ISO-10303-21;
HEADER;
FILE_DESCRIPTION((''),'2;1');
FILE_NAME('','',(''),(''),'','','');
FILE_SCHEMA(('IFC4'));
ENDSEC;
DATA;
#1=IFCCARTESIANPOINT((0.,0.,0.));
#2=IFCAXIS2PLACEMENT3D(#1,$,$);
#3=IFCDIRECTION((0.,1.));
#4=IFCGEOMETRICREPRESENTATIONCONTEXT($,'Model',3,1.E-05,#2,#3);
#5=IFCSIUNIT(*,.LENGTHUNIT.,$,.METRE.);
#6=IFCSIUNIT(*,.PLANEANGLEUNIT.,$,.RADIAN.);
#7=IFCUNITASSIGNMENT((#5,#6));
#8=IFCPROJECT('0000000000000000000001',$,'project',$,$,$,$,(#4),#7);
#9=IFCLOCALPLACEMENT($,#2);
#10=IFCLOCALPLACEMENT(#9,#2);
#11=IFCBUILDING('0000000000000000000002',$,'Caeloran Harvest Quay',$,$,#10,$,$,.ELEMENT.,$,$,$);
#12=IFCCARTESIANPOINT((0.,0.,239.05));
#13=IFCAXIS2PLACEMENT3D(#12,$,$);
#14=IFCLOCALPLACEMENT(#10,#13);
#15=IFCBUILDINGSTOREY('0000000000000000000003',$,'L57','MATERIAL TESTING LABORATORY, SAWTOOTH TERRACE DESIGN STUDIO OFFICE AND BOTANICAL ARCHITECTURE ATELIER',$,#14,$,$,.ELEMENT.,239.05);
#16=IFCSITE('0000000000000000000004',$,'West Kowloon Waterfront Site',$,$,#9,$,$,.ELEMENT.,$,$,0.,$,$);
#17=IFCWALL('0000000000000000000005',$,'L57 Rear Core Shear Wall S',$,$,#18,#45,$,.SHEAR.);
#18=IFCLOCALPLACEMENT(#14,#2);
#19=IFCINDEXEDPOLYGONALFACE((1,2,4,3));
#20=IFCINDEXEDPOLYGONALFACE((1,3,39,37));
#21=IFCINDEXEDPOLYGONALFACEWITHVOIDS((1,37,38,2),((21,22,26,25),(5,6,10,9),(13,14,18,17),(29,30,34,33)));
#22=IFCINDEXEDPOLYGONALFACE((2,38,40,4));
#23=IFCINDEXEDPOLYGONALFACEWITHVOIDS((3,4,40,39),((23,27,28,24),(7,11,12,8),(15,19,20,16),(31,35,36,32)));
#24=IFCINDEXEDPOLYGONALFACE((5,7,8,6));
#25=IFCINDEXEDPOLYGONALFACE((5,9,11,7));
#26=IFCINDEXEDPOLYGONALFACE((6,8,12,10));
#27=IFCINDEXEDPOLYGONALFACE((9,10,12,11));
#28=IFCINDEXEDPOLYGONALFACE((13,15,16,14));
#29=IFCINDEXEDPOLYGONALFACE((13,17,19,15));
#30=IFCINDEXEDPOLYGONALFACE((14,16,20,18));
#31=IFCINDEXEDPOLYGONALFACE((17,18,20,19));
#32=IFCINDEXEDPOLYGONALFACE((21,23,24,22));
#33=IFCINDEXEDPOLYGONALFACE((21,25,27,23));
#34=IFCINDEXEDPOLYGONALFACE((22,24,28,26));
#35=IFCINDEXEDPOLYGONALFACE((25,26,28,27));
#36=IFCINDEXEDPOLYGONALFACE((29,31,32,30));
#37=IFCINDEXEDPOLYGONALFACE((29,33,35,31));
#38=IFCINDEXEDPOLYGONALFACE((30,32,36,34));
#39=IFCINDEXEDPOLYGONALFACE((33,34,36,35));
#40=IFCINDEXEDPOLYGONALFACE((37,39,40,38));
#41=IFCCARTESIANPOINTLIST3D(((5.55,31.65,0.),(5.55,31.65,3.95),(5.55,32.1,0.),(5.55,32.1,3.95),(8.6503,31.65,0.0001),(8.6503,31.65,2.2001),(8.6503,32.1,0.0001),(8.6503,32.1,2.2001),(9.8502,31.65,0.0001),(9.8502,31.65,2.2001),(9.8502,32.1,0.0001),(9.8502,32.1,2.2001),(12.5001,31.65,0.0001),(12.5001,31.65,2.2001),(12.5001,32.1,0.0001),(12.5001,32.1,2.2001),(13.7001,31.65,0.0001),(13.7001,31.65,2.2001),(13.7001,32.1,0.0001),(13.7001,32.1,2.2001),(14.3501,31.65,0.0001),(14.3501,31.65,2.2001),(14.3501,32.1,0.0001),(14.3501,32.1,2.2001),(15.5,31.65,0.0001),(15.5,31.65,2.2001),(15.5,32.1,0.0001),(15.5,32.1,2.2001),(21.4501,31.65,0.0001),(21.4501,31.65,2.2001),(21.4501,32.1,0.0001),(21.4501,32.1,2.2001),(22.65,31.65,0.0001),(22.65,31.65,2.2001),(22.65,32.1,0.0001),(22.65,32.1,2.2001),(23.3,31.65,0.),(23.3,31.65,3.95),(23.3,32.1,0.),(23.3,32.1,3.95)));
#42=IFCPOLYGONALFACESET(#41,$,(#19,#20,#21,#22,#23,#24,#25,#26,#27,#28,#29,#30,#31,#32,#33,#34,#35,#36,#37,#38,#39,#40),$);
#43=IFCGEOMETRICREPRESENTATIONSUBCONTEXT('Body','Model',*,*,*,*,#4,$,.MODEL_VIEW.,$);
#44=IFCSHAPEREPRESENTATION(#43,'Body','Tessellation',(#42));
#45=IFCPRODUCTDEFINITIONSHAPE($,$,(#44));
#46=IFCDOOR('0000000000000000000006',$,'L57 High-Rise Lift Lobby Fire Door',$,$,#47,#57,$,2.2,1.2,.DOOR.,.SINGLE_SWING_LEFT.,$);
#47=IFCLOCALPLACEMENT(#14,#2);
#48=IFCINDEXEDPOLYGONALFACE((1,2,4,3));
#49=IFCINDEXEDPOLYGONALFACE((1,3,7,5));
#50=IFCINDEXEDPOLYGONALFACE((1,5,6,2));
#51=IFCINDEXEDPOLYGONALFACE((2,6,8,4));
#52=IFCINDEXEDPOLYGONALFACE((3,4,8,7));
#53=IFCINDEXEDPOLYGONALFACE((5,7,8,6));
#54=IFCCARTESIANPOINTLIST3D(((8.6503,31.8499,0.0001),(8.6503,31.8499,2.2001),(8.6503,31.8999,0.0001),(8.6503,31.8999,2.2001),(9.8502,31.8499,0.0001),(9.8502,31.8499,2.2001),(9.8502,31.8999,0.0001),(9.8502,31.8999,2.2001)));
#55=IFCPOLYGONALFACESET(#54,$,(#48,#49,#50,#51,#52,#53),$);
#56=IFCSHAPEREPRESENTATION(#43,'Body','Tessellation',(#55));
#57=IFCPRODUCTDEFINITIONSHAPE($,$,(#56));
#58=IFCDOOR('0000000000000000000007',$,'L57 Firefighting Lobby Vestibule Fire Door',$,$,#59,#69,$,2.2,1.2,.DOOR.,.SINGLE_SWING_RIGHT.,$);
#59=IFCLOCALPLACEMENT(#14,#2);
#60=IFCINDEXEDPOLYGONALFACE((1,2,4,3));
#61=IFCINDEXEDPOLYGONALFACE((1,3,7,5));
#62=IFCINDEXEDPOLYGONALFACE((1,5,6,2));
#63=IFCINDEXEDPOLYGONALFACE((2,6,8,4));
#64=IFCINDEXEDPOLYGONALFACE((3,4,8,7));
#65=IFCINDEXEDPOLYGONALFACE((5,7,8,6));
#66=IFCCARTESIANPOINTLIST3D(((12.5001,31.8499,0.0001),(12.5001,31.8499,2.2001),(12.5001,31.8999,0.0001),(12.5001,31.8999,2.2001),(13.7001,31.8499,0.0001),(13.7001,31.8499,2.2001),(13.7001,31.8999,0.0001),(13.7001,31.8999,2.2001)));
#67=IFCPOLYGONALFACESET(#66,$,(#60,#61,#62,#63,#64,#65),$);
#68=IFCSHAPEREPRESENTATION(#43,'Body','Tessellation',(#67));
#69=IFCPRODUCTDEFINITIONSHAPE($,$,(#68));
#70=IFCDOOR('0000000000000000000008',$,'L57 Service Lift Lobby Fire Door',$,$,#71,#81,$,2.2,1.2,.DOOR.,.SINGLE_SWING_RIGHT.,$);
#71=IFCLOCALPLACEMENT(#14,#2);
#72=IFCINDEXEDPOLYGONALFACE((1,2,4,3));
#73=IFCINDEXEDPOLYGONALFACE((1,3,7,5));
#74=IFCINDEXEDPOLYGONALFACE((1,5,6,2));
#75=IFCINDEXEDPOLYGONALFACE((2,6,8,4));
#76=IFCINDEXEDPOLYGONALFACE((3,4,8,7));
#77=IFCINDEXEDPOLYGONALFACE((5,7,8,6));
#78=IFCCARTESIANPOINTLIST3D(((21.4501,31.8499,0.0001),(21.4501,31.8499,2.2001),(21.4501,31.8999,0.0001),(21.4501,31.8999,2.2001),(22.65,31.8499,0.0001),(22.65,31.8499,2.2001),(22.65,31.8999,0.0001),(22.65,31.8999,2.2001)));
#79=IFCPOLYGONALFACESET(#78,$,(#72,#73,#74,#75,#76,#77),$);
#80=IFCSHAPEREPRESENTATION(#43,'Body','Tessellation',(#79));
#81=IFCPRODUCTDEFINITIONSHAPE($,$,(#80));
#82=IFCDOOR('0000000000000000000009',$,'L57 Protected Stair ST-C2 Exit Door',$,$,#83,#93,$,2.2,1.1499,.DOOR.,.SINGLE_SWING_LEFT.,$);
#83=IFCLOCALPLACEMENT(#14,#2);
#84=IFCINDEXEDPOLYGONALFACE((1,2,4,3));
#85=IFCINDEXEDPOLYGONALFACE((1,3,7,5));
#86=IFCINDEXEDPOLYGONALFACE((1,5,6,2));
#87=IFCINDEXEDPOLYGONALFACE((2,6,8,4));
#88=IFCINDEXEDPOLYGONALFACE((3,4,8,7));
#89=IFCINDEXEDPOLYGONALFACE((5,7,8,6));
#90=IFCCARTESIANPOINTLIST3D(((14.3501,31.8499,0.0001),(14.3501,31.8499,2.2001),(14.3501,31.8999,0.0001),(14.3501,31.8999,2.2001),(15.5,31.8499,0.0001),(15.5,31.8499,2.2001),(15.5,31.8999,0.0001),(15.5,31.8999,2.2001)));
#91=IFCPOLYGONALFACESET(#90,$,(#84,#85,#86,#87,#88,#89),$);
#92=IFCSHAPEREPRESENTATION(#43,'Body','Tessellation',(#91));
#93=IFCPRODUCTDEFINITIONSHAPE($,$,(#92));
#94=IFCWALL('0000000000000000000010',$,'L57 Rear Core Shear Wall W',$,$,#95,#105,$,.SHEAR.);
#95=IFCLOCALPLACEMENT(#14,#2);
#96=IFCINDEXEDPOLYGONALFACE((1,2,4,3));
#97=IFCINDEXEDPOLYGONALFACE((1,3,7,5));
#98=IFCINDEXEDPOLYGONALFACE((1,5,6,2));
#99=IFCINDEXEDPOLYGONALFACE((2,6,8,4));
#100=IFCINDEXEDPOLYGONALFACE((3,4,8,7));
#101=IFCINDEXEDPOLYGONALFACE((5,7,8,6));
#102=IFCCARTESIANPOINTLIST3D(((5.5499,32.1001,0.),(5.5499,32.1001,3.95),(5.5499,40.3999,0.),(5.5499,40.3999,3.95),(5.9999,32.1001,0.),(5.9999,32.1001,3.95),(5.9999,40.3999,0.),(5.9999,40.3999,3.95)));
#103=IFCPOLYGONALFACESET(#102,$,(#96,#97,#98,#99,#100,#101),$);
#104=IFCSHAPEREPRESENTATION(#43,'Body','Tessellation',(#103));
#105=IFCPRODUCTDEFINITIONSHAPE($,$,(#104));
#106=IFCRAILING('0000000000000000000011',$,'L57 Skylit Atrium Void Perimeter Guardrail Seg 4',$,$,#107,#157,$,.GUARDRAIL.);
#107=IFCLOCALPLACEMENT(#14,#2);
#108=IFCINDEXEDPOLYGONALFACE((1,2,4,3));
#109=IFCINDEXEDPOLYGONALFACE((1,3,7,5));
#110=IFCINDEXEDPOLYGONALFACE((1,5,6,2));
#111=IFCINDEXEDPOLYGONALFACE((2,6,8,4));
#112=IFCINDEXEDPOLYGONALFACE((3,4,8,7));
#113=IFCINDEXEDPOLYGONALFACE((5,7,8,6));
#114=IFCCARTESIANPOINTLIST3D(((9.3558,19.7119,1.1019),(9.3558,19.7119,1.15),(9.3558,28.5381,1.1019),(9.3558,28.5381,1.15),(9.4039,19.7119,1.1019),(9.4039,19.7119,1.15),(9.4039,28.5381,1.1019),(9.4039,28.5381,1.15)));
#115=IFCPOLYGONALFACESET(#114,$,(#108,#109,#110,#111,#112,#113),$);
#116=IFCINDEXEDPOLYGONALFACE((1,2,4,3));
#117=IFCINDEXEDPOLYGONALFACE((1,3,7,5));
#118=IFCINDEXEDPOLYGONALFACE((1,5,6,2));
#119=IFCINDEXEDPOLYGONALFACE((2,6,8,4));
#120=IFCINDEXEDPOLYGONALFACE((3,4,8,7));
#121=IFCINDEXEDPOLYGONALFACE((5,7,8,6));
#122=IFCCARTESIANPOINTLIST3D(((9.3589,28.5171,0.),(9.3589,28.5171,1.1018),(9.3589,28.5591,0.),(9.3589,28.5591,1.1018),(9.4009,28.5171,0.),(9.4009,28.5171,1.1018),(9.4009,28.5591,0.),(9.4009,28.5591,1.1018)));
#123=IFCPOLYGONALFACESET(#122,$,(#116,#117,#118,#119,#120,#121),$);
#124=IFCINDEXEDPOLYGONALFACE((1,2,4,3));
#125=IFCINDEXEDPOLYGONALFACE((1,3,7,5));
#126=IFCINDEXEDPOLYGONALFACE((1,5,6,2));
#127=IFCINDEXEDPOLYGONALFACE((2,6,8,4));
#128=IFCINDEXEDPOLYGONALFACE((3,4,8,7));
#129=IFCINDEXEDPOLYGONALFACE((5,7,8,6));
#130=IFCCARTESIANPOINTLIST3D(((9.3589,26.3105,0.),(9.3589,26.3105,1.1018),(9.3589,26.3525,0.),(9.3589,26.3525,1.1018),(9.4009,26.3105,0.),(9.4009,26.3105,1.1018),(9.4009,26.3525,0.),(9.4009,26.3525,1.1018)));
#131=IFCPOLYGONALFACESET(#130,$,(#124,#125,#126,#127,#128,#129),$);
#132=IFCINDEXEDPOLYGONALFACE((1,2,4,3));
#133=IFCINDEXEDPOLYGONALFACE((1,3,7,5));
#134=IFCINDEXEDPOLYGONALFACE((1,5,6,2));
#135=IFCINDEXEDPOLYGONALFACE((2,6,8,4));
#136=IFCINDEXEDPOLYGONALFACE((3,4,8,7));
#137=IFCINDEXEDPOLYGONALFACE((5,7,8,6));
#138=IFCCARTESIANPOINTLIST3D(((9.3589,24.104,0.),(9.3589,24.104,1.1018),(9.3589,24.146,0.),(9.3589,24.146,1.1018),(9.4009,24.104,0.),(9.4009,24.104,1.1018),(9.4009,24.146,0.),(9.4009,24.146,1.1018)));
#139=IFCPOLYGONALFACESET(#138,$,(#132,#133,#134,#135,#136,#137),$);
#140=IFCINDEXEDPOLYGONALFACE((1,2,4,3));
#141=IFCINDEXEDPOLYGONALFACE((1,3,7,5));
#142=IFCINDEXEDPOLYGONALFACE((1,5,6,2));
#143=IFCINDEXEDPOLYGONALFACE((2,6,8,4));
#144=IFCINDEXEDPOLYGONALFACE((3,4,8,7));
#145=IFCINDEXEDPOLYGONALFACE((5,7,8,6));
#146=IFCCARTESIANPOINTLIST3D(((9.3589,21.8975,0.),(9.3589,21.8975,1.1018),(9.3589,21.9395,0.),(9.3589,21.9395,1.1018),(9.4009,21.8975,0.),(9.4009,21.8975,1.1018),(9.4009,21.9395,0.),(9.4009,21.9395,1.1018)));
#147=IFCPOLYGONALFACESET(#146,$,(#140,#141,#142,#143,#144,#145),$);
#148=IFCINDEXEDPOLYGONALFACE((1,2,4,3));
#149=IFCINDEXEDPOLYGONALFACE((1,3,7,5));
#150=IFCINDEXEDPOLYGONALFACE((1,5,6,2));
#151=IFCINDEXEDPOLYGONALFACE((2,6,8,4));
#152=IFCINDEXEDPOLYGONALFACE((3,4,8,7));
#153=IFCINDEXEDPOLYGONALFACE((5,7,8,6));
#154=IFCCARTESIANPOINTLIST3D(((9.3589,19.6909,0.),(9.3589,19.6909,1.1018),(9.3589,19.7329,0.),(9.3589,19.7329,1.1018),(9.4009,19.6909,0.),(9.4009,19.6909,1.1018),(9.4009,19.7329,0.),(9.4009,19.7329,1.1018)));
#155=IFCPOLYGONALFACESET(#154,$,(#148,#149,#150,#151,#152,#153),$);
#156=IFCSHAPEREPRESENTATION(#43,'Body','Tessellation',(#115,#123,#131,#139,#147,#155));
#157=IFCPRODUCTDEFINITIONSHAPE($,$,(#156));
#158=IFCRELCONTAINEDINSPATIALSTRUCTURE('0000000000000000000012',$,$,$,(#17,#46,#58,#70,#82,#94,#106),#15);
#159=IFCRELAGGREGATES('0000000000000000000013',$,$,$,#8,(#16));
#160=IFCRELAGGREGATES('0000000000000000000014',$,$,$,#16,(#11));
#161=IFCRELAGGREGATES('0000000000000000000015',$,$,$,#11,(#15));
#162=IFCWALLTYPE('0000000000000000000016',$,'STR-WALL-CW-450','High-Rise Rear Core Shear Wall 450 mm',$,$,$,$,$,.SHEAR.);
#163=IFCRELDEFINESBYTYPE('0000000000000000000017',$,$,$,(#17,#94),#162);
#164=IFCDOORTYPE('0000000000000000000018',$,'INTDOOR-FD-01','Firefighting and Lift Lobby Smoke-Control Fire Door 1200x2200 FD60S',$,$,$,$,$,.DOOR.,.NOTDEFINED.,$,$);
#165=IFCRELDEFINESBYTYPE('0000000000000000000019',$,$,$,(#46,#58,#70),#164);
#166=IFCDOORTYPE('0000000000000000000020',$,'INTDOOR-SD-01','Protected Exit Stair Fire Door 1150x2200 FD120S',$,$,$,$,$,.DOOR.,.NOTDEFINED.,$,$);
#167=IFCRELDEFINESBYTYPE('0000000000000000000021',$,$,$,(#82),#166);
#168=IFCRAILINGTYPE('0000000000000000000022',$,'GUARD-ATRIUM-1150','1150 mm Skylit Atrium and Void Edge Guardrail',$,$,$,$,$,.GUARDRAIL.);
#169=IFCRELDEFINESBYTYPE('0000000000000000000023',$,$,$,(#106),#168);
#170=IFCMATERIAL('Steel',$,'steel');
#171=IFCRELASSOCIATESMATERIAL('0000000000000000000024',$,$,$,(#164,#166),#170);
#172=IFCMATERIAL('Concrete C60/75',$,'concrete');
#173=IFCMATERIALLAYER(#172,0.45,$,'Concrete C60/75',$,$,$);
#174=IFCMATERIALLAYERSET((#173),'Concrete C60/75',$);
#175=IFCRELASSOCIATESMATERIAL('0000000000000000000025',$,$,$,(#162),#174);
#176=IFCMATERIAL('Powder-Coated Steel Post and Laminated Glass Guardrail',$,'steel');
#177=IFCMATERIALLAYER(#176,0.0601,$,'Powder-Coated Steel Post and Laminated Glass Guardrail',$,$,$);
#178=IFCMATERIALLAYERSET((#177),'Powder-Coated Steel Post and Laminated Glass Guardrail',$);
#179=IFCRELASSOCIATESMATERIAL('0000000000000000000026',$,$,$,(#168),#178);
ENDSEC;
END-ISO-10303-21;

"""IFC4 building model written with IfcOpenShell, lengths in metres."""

from ifc_helpers import new_model, si_unit, direction, frame, frame_2d, origin, origin_2d, place, context, subcontext, project, spatial, rectangle, extrude, material, layer, layer_set, type_object, element, fill, save


model = new_model("IFC4")

# Units and contexts
model_context = context("Model", 3, precision=1e-05, world=origin(), true_north=direction((0.0, 1.0)))
body_context = subcontext(model_context, "Body", "Model", "MODEL_VIEW")
ifc_project = project(units=[si_unit("LENGTHUNIT", "METRE"), si_unit("PLANEANGLEUNIT", "RADIAN")], contexts=[model_context])

# Site, building, storey
site_placement = place(None, origin())
site = spatial("IfcSite", under=ifc_project, at=site_placement, Name="West Kowloon Waterfront Site", CompositionType="ELEMENT", RefElevation=0.0)
building_placement = place(site_placement, origin())
building = spatial("IfcBuilding", under=site, at=building_placement, Name="Caeloran Harvest Quay", CompositionType="ELEMENT")
storey_placement = place(building_placement, frame((0.0, 0.0, 239.05)))
storey = spatial("IfcBuildingStorey", under=building, at=storey_placement, Name="L57", Description="MATERIAL TESTING LABORATORY, SAWTOOTH TERRACE DESIGN STUDIO OFFICE AND BOTANICAL ARCHITECTURE ATELIER", CompositionType="ELEMENT", Elevation=239.05)

# Shared definitions
ifc_material_1 = material(Name="Concrete C60/75", Category="concrete")

# Shared definitions
ifc_material_2 = material(Name="Steel", Category="steel")
door_type_1 = type_object("IfcDoorType", Name="INTDOOR-FD-01", Description="Firefighting and Lift Lobby Smoke-Control Fire Door 1200x2200 FD60S", OperationType="NOTDEFINED", PredefinedType="DOOR", material=ifc_material_2)

# Wall, openings, doors
ifc_layer_1 = layer(ifc_material_1, 0.45, Name="Concrete C60/75")
ifc_layer_set_1 = layer_set([ifc_layer_1], Name="Concrete C60/75")
wall_type_1 = type_object("IfcWallType", Name="STR-WALL-CW-450", Description="High-Rise Rear Core Shear Wall 450 mm", PredefinedType="SHEAR", material=ifc_layer_set_1)
wall_1_placement = place(storey_placement, frame((5.55, 31.875, 0.0), z_axis=(0.0, 0.0, 1.0), x_axis=(1.0, 0.0, 0.0)))
wall_1 = element("IfcWall", 1, at=wall_1_placement, inside=storey, type_object=wall_type_1, Name="L57 Rear Core Shear Wall S", PredefinedType="SHEAR", context=body_context, shape_type="SweptSolid", body=[
    extrude(rectangle(XDim=17.75, YDim=0.45, at=frame_2d((8.875, 0.0))), origin(), (0.0, 0.0, 1.0), 3.95),
])
opening_1_placement = place(wall_1_placement, frame((3.1001, 0.0, 0.0)))
opening_1 = element("IfcOpeningElement", 2, at=opening_1_placement, cuts=wall_1, PredefinedType="OPENING", context=body_context, shape_type="SweptSolid", body=[
    extrude(rectangle(XDim=1.2, YDim=2.2, at=frame_2d((0.6001, 1.1001))), frame((0.0, 0.2349, 0.0), z_axis=(0.0, -1.0, 0.0), x_axis=(1.0, 0.0, 0.0)), (0.0, 0.0, 1.0), 0.47),
])
opening_2_placement = place(wall_1_placement, frame((6.95, 0.0, 0.0)))
opening_2 = element("IfcOpeningElement", 3, at=opening_2_placement, cuts=wall_1, PredefinedType="OPENING", context=body_context, shape_type="SweptSolid", body=[
    extrude(rectangle(XDim=1.2, YDim=2.2, at=frame_2d((0.6001, 1.1001))), frame((0.0, 0.2349, 0.0), z_axis=(0.0, -1.0, 0.0), x_axis=(1.0, 0.0, 0.0)), (0.0, 0.0, 1.0), 0.47),
])
opening_3_placement = place(wall_1_placement, frame((8.8, 0.0, 0.0)))
opening_3 = element("IfcOpeningElement", 4, at=opening_3_placement, cuts=wall_1, PredefinedType="OPENING", context=body_context, shape_type="SweptSolid", body=[
    extrude(rectangle(XDim=1.1499, YDim=2.2, at=frame_2d((0.575, 1.1001))), frame((0.0, 0.2349, 0.0), z_axis=(0.0, -1.0, 0.0), x_axis=(1.0, 0.0, 0.0)), (0.0, 0.0, 1.0), 0.47),
])
opening_4_placement = place(wall_1_placement, frame((15.8999, 0.0, 0.0)))
opening_4 = element("IfcOpeningElement", 5, at=opening_4_placement, cuts=wall_1, PredefinedType="OPENING", context=body_context, shape_type="SweptSolid", body=[
    extrude(rectangle(XDim=1.2, YDim=2.2, at=frame_2d((0.6001, 1.1001))), frame((0.0, 0.2349, 0.0), z_axis=(0.0, -1.0, 0.0), x_axis=(1.0, 0.0, 0.0)), (0.0, 0.0, 1.0), 0.47),
])
door_1_placement = place(opening_1_placement, origin())
door_1 = element("IfcDoor", 6, at=door_1_placement, inside=storey, type_object=door_type_1, Name="L57 High-Rise Lift Lobby Fire Door", OperationType="SINGLE_SWING_LEFT", OverallHeight=2.2, OverallWidth=1.2, PredefinedType="DOOR", context=body_context, shape_type="SweptSolid", body=[
    extrude(rectangle(XDim=1.2, YDim=2.2, at=frame_2d((0.6001, 1.1001))), frame((0.0, 0.0249, 0.0), z_axis=(0.0, -1.0, 0.0), x_axis=(1.0, 0.0, 0.0)), (0.0, 0.0, 1.0), 0.05),
])
fill(opening_1, door_1)
door_2_placement = place(opening_2_placement, origin())
door_2 = element("IfcDoor", 7, at=door_2_placement, inside=storey, type_object=door_type_1, Name="L57 Firefighting Lobby Vestibule Fire Door", OperationType="SINGLE_SWING_RIGHT", OverallHeight=2.2, OverallWidth=1.2, PredefinedType="DOOR", context=body_context, shape_type="SweptSolid", body=[
    extrude(rectangle(XDim=1.2, YDim=2.2, at=frame_2d((0.6001, 1.1001))), frame((0.0, 0.0249, 0.0), z_axis=(0.0, -1.0, 0.0), x_axis=(1.0, 0.0, 0.0)), (0.0, 0.0, 1.0), 0.05),
])
fill(opening_2, door_2)
door_3_placement = place(opening_4_placement, origin())
door_3 = element("IfcDoor", 8, at=door_3_placement, inside=storey, type_object=door_type_1, Name="L57 Service Lift Lobby Fire Door", OperationType="SINGLE_SWING_RIGHT", OverallHeight=2.2, OverallWidth=1.2, PredefinedType="DOOR", context=body_context, shape_type="SweptSolid", body=[
    extrude(rectangle(XDim=1.2, YDim=2.2, at=frame_2d((0.6001, 1.1001))), frame((0.0, 0.0249, 0.0), z_axis=(0.0, -1.0, 0.0), x_axis=(1.0, 0.0, 0.0)), (0.0, 0.0, 1.0), 0.05),
])
fill(opening_4, door_3)
door_type_2 = type_object("IfcDoorType", Name="INTDOOR-SD-01", Description="Protected Exit Stair Fire Door 1150x2200 FD120S", OperationType="NOTDEFINED", PredefinedType="DOOR", material=ifc_material_2)
door_4_placement = place(opening_3_placement, origin())
door_4 = element("IfcDoor", 9, at=door_4_placement, inside=storey, type_object=door_type_2, Name="L57 Protected Stair ST-C2 Exit Door", OperationType="SINGLE_SWING_LEFT", OverallHeight=2.2, OverallWidth=1.1499, PredefinedType="DOOR", context=body_context, shape_type="SweptSolid", body=[
    extrude(rectangle(XDim=1.1499, YDim=2.2, at=frame_2d((0.575, 1.1001))), frame((0.0, 0.0249, 0.0), z_axis=(0.0, -1.0, 0.0), x_axis=(1.0, 0.0, 0.0)), (0.0, 0.0, 1.0), 0.05),
])
fill(opening_3, door_4)

# Wall
wall_2_placement = place(storey_placement, frame((5.7749, 32.1001, 0.0), z_axis=(0.0, 0.0, 1.0), x_axis=(0.0, 1.0, 0.0)))
element("IfcWall", 10, at=wall_2_placement, inside=storey, type_object=wall_type_1, Name="L57 Rear Core Shear Wall W", PredefinedType="SHEAR", context=body_context, shape_type="SweptSolid", body=[
    extrude(rectangle(XDim=8.2998, YDim=0.45, at=frame_2d((4.1499, 0.0))), origin(), (0.0, 0.0, 1.0), 3.95),
])

# Railing
ifc_material_3 = material(Name="Powder-Coated Steel Post and Laminated Glass Guardrail", Category="steel")
ifc_layer_2 = layer(ifc_material_3, 0.0601, Name="Powder-Coated Steel Post and Laminated Glass Guardrail")
ifc_layer_set_2 = layer_set([ifc_layer_2], Name="Powder-Coated Steel Post and Laminated Glass Guardrail")
railing_type = type_object("IfcRailingType", Name="GUARD-ATRIUM-1150", Description="1150 mm Skylit Atrium and Void Edge Guardrail", PredefinedType="GUARDRAIL", material=ifc_layer_set_2)
railing_placement = place(storey_placement, frame((9.3799, 28.5381, 0.0)))
element("IfcRailing", 11, at=railing_placement, inside=storey, type_object=railing_type, Name="L57 Skylit Atrium Void Perimeter Guardrail Seg 4", PredefinedType="GUARDRAIL", context=body_context, shape_type="SweptSolid", body=[
    extrude(rectangle(XDim=0.0481, YDim=0.0481, at=origin_2d()), frame((0.0, 0.0, 1.126), z_axis=(0.0, -1.0, 0.0), x_axis=(1.0, 0.0, 0.0)), (0.0, 0.0, 1.0), 8.8262),
    extrude(rectangle(XDim=0.042, YDim=0.042, at=origin_2d()), origin(), (0.0, 0.0, 1.0), 1.1018),
    extrude(rectangle(XDim=0.042, YDim=0.042, at=origin_2d()), frame((0.0, -2.2065, 0.0)), (0.0, 0.0, 1.0), 1.1018),
    extrude(rectangle(XDim=0.042, YDim=0.042, at=origin_2d()), frame((0.0, -4.4131, 0.0)), (0.0, 0.0, 1.0), 1.1018),
    extrude(rectangle(XDim=0.042, YDim=0.042, at=origin_2d()), frame((0.0, -6.6196, 0.0)), (0.0, 0.0, 1.0), 1.1018),
    extrude(rectangle(XDim=0.042, YDim=0.042, at=origin_2d()), frame((0.0, -8.8262, 0.0)), (0.0, 0.0, 1.0), 1.1018),
])

save(model, "model.ifc")
